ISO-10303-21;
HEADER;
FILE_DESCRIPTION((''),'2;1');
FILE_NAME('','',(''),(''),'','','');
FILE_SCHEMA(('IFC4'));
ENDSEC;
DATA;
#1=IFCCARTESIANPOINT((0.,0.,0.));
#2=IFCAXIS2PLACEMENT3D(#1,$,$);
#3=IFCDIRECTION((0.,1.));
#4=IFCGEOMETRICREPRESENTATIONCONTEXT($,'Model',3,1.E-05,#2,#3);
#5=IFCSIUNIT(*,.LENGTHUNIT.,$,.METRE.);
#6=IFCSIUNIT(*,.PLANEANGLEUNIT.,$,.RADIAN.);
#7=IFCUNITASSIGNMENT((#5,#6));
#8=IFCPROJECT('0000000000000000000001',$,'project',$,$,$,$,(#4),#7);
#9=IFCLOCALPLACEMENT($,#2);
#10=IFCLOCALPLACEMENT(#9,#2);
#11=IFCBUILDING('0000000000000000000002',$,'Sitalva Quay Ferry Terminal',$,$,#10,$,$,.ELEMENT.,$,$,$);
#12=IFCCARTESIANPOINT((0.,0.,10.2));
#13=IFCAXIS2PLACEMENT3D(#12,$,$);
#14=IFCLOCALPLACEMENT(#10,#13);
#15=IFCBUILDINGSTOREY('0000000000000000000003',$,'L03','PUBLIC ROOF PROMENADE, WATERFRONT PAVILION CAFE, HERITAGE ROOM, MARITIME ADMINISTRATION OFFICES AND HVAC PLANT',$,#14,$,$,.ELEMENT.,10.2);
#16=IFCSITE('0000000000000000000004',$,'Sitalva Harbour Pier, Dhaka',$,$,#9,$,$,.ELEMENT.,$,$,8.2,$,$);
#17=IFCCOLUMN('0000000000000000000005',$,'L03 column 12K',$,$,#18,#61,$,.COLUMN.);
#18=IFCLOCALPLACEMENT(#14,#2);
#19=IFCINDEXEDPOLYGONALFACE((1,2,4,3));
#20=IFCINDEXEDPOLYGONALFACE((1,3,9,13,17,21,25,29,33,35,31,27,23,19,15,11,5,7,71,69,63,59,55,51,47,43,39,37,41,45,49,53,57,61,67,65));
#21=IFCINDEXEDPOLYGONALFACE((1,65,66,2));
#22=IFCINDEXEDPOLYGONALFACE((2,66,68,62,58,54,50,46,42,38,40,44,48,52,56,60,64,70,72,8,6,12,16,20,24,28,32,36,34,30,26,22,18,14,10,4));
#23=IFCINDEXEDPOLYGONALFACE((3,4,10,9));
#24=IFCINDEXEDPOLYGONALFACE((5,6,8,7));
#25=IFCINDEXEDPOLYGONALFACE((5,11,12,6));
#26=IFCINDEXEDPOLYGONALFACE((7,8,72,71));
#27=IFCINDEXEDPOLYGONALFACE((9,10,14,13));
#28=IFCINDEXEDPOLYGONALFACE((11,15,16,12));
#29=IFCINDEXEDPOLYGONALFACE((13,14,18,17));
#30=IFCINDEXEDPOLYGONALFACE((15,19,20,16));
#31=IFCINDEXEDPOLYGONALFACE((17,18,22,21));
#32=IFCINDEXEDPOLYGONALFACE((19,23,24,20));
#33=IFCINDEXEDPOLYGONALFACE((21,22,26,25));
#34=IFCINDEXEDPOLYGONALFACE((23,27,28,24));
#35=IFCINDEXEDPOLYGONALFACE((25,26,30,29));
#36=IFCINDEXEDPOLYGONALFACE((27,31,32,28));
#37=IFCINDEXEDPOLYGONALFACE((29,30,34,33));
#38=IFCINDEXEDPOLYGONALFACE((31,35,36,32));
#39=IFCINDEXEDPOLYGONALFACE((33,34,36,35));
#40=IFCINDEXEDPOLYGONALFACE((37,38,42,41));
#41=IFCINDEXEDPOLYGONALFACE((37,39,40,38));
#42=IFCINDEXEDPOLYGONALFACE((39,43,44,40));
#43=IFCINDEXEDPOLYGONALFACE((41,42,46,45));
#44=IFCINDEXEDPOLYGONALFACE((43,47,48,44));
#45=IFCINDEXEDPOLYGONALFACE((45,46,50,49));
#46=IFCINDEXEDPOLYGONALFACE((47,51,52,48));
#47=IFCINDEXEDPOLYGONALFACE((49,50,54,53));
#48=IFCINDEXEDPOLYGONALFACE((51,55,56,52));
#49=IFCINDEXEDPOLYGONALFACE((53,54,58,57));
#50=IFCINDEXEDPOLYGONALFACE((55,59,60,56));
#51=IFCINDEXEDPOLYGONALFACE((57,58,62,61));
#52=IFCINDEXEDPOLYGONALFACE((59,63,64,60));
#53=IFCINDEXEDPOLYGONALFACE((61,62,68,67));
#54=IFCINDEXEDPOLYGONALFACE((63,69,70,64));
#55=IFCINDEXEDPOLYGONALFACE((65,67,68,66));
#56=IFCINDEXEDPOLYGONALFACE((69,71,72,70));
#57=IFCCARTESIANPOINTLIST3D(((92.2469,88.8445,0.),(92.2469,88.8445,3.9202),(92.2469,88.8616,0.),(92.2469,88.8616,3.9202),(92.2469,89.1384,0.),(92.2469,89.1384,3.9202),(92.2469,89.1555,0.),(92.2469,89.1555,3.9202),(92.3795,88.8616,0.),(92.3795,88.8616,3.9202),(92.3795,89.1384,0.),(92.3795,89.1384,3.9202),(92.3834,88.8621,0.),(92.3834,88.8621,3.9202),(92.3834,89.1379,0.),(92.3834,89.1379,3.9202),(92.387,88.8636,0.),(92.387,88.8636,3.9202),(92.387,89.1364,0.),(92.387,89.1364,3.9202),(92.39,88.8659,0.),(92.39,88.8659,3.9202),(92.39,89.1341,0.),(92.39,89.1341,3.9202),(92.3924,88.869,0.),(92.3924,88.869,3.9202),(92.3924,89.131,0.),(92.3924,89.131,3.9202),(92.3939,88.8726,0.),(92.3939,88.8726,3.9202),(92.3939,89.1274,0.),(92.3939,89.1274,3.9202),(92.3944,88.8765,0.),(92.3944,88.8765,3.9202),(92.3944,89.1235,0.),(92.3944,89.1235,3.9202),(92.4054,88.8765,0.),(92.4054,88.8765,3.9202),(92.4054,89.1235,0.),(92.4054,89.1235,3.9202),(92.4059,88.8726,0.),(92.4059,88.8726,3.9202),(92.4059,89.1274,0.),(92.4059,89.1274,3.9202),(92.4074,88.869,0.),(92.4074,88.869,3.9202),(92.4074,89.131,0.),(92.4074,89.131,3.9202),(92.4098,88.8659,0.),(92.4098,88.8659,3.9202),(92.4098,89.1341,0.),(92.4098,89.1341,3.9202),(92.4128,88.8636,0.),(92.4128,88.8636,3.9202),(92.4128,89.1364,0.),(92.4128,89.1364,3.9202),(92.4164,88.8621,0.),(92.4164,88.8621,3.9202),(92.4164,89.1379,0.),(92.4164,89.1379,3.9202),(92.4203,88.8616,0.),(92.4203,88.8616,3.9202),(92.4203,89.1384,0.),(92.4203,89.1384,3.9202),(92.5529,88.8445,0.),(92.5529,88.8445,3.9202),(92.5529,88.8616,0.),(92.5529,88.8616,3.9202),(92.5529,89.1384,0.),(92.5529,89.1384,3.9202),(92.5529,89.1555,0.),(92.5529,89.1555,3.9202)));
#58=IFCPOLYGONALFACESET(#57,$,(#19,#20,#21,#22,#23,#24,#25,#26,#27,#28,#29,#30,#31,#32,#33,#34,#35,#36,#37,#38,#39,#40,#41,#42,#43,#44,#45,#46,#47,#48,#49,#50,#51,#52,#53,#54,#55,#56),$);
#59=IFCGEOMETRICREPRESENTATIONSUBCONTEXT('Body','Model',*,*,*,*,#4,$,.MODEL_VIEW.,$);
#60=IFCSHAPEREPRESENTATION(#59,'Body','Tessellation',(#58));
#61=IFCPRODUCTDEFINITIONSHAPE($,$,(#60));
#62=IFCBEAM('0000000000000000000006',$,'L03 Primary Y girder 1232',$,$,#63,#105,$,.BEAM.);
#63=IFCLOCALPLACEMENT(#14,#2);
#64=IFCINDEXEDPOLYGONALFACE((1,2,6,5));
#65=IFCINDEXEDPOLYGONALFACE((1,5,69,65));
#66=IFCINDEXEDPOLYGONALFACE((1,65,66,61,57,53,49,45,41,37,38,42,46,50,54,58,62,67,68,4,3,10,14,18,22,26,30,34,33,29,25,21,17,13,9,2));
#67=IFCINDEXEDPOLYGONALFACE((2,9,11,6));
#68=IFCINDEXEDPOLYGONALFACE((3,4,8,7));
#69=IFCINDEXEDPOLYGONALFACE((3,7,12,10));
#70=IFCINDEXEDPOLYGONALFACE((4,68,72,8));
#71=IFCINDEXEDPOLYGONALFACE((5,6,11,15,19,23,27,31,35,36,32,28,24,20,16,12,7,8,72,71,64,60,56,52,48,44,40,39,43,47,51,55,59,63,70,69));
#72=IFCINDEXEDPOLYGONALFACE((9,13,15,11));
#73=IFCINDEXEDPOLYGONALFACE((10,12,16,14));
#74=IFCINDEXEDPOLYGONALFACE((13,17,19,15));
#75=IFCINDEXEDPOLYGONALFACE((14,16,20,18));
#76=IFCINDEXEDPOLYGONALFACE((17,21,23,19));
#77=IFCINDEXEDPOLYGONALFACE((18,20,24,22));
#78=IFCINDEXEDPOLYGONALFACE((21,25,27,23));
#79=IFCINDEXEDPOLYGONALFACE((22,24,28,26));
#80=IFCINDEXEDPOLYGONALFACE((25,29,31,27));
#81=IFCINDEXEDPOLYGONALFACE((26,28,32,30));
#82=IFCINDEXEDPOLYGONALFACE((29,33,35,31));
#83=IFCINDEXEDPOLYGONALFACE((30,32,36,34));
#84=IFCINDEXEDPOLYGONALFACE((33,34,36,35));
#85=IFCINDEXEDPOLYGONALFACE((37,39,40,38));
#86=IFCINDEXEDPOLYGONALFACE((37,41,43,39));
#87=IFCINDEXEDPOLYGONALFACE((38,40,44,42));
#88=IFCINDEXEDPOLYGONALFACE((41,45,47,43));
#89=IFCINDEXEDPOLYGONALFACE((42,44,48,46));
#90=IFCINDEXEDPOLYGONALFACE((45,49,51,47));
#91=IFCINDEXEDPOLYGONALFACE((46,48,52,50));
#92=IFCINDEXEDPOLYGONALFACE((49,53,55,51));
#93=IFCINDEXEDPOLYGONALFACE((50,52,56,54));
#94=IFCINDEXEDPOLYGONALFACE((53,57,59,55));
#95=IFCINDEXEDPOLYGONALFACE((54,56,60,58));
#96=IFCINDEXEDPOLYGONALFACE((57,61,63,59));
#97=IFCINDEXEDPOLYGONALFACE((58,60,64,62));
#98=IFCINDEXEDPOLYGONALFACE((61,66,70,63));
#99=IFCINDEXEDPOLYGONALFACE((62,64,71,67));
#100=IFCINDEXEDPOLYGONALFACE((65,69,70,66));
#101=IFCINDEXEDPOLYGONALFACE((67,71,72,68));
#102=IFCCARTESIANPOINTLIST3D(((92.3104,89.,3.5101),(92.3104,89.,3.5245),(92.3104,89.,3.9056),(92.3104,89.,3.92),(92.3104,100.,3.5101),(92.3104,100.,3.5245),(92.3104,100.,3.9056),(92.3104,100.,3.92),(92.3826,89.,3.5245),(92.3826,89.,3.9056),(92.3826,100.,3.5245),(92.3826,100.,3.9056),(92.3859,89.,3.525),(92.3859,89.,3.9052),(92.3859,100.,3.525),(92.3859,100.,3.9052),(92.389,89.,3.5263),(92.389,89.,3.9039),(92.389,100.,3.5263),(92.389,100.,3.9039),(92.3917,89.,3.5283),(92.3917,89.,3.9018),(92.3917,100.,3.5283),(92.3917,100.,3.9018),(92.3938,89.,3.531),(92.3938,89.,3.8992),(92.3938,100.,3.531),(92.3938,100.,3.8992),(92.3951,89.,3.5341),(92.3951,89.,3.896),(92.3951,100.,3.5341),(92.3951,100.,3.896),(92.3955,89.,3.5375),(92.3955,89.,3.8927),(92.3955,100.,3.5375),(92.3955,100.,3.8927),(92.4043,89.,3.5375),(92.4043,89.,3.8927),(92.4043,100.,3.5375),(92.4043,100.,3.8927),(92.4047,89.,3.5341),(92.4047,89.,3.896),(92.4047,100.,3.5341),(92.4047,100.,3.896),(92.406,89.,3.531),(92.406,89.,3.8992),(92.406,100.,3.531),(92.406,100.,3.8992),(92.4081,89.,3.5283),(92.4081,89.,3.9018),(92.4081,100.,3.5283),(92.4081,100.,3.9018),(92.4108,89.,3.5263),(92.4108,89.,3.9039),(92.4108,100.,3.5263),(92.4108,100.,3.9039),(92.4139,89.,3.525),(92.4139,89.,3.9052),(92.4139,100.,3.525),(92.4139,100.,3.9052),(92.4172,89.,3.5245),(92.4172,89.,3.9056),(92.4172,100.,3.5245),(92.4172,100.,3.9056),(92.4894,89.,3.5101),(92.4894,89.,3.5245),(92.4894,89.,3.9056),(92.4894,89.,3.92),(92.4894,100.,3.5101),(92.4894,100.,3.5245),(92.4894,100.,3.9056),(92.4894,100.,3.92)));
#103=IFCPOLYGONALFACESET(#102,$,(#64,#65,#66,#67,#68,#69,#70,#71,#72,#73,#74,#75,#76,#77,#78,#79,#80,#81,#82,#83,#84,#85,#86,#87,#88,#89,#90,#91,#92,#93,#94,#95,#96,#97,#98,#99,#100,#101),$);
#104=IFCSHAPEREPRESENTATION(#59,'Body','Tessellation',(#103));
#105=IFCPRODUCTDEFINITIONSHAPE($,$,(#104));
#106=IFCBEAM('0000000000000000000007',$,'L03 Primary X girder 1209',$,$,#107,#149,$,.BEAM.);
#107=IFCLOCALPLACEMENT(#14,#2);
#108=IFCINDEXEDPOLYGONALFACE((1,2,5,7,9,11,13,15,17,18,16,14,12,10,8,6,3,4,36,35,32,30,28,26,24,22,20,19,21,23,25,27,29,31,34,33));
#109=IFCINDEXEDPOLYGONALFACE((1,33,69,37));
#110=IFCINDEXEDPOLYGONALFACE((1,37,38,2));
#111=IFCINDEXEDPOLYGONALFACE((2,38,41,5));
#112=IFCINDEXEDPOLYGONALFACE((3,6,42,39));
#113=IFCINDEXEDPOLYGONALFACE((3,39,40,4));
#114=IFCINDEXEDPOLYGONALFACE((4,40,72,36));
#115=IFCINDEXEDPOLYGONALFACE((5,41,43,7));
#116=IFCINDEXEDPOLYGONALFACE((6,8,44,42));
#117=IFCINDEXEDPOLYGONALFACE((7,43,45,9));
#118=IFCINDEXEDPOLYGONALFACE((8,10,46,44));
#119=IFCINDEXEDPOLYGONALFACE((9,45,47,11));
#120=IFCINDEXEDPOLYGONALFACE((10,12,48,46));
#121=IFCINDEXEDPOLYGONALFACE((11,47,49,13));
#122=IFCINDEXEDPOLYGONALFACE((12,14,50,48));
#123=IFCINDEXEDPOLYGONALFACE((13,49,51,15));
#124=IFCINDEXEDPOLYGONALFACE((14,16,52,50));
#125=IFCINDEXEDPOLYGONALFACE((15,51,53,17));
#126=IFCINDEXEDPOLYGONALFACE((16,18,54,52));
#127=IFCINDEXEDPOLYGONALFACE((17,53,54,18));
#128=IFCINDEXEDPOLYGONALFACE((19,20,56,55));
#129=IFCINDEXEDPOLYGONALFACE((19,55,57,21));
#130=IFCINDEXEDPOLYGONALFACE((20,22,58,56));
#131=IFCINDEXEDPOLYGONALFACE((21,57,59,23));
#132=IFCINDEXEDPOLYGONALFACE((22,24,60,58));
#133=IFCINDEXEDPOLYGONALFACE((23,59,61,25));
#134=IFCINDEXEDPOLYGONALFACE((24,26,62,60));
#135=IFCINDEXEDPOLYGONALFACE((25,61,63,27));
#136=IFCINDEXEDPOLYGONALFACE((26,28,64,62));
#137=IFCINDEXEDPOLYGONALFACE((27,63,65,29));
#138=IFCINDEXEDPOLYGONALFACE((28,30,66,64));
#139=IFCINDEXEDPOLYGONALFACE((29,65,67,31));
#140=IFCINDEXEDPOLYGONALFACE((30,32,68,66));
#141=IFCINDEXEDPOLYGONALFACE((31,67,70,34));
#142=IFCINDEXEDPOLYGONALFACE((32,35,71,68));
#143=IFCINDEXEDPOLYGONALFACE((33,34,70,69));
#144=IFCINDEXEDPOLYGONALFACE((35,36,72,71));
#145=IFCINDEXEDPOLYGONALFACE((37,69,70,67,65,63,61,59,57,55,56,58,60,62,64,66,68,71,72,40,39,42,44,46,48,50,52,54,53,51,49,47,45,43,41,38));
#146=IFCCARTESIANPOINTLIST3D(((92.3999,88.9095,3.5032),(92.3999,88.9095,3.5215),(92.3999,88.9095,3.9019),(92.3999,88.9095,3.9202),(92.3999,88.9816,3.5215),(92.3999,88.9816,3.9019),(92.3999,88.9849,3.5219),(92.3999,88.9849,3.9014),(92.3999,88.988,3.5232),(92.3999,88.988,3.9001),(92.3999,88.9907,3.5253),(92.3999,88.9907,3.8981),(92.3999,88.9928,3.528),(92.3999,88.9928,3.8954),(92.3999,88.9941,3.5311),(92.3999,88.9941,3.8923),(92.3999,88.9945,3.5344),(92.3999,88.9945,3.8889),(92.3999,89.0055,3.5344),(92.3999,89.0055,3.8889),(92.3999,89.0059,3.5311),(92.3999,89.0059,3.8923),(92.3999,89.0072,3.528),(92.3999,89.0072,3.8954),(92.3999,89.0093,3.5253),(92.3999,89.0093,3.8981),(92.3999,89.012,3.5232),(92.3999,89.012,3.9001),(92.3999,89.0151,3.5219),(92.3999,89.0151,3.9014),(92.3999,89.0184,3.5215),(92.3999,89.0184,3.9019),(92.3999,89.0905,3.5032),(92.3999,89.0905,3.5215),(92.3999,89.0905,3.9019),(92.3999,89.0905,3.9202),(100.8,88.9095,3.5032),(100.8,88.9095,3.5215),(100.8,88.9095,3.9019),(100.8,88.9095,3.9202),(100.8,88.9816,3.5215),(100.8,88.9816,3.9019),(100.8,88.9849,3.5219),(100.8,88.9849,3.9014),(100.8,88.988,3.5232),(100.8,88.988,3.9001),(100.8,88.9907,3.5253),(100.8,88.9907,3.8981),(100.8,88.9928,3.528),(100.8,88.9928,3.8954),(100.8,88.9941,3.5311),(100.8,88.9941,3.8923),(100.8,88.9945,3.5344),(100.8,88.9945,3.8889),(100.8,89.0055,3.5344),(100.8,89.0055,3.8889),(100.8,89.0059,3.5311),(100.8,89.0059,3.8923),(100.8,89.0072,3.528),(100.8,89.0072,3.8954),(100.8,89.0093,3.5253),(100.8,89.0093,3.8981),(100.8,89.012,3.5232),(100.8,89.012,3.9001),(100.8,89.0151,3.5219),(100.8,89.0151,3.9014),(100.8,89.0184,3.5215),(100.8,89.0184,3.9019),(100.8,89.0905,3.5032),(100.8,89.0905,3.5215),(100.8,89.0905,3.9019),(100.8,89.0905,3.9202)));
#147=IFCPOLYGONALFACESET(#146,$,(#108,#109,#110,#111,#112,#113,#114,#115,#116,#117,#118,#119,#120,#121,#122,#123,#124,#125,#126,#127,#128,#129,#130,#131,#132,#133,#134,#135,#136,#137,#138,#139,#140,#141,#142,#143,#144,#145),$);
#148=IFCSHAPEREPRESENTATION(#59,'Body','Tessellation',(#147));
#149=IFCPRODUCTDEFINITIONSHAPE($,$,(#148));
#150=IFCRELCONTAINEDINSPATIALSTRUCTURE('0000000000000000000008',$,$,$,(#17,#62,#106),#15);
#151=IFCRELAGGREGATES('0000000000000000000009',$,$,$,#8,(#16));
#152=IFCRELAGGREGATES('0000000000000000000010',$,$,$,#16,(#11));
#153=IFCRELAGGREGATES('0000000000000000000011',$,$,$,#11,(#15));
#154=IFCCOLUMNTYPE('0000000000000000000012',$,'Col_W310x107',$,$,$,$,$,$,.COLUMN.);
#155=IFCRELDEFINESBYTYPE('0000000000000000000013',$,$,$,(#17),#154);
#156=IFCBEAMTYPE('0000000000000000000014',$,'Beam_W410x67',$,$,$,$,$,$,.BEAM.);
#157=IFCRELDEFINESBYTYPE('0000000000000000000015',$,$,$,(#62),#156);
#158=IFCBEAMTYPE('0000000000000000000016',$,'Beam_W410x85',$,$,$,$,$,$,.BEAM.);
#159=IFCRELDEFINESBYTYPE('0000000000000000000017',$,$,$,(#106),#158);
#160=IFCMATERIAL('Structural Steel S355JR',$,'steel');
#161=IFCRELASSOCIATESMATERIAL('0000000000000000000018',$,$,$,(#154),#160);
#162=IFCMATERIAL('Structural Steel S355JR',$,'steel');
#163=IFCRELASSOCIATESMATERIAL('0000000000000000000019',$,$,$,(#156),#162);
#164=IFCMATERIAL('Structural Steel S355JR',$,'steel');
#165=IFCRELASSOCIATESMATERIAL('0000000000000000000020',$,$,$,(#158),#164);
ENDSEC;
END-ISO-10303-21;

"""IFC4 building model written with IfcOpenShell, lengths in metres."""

from ifc_helpers import new_model, si_unit, direction, frame, origin, origin_2d, place, context, subcontext, project, spatial, i_section, extrude, material, material_profile, profile_set, type_object, element, save


model = new_model("IFC4")

# Units and contexts
model_context = context("Model", 3, precision=1e-05, world=origin(), true_north=direction((0.0, 1.0)))
body_context = subcontext(model_context, "Body", "Model", "MODEL_VIEW")
ifc_project = project(units=[si_unit("LENGTHUNIT", "METRE"), si_unit("PLANEANGLEUNIT", "RADIAN")], contexts=[model_context])

# Site, building, storey
site_placement = place(None, origin())
site = spatial("IfcSite", under=ifc_project, at=site_placement, Name="Sitalva Harbour Pier, Dhaka", CompositionType="ELEMENT", RefElevation=8.2)
building_placement = place(site_placement, origin())
building = spatial("IfcBuilding", under=site, at=building_placement, Name="Sitalva Quay Ferry Terminal", CompositionType="ELEMENT")
storey_placement = place(building_placement, frame((0.0, 0.0, 10.2)))
storey = spatial("IfcBuildingStorey", under=building, at=storey_placement, Name="L03", Description="PUBLIC ROOF PROMENADE, WATERFRONT PAVILION CAFE, HERITAGE ROOM, MARITIME ADMINISTRATION OFFICES AND HVAC PLANT", CompositionType="ELEMENT", Elevation=10.2)

# Column
ifc_material_1 = material(Name="Structural Steel S355JR", Category="steel")
ifc_material_profile_1 = material_profile(ifc_material_1, i_section(OverallWidth=0.3059, OverallDepth=0.311, WebThickness=0.011, FlangeThickness=0.0171, FilletRadius=0.0149, at=origin_2d()), Name="W310x107")
ifc_profile_set_1 = profile_set([ifc_material_profile_1], Name="Structural Steel S355JR")
column_type = type_object("IfcColumnType", Name="Col_W310x107", PredefinedType="COLUMN", material=ifc_profile_set_1)
column_placement = place(storey_placement, frame((92.3999, 89.0, 0.0), z_axis=(0.0, 0.0, 1.0), x_axis=(1.0, 0.0, 0.0)))
element("IfcColumn", 1, at=column_placement, inside=storey, type_object=column_type, Name="L03 column 12K", PredefinedType="COLUMN", context=body_context, shape_type="SweptSolid", body=[
    extrude(i_section(OverallWidth=0.3059, OverallDepth=0.311, WebThickness=0.011, FlangeThickness=0.0171, FilletRadius=0.0149, at=origin_2d()), origin(), (0.0, 0.0, 1.0), 3.9202),
])

# Beams
ifc_material_2 = material(Name="Structural Steel S355JR", Category="steel")
ifc_material_profile_2 = material_profile(ifc_material_2, i_section(OverallWidth=0.179, OverallDepth=0.4099, WebThickness=0.0088, FlangeThickness=0.0144, FilletRadius=0.0129, at=origin_2d()), Name="W410x67")
ifc_profile_set_2 = profile_set([ifc_material_profile_2], Name="Structural Steel S355JR")
beam_type_1 = type_object("IfcBeamType", Name="Beam_W410x67", PredefinedType="BEAM", material=ifc_profile_set_2)
beam_1_placement = place(storey_placement, frame((92.3999, 89.0, 3.7151), z_axis=(0.0, 1.0, 0.0), x_axis=(-1.0, 0.0, 0.0)))
element("IfcBeam", 2, at=beam_1_placement, inside=storey, type_object=beam_type_1, Name="L03 Primary Y girder 1232", PredefinedType="BEAM", context=body_context, shape_type="SweptSolid", body=[
    extrude(i_section(OverallWidth=0.179, OverallDepth=0.4099, WebThickness=0.0088, FlangeThickness=0.0144, FilletRadius=0.0129, at=origin_2d()), origin(), (0.0, 0.0, 1.0), 11.0),
])
ifc_material_3 = material(Name="Structural Steel S355JR", Category="steel")
ifc_material_profile_3 = material_profile(ifc_material_3, i_section(OverallWidth=0.1809, OverallDepth=0.417, WebThickness=0.011, FlangeThickness=0.0183, FilletRadius=0.0129, at=origin_2d()), Name="W410x85")
ifc_profile_set_3 = profile_set([ifc_material_profile_3], Name="Structural Steel S355JR")
beam_type_2 = type_object("IfcBeamType", Name="Beam_W410x85", PredefinedType="BEAM", material=ifc_profile_set_3)
beam_2_placement = place(storey_placement, frame((92.3999, 89.0, 3.7117), z_axis=(1.0, 0.0, 0.0), x_axis=(0.0, 1.0, 0.0)))
element("IfcBeam", 3, at=beam_2_placement, inside=storey, type_object=beam_type_2, Name="L03 Primary X girder 1209", PredefinedType="BEAM", context=body_context, shape_type="SweptSolid", body=[
    extrude(i_section(OverallWidth=0.1809, OverallDepth=0.417, WebThickness=0.011, FlangeThickness=0.0183, FilletRadius=0.0129, at=origin_2d()), origin(), (0.0, 0.0, 1.0), 8.4001),
])

save(model, "model.ifc")
